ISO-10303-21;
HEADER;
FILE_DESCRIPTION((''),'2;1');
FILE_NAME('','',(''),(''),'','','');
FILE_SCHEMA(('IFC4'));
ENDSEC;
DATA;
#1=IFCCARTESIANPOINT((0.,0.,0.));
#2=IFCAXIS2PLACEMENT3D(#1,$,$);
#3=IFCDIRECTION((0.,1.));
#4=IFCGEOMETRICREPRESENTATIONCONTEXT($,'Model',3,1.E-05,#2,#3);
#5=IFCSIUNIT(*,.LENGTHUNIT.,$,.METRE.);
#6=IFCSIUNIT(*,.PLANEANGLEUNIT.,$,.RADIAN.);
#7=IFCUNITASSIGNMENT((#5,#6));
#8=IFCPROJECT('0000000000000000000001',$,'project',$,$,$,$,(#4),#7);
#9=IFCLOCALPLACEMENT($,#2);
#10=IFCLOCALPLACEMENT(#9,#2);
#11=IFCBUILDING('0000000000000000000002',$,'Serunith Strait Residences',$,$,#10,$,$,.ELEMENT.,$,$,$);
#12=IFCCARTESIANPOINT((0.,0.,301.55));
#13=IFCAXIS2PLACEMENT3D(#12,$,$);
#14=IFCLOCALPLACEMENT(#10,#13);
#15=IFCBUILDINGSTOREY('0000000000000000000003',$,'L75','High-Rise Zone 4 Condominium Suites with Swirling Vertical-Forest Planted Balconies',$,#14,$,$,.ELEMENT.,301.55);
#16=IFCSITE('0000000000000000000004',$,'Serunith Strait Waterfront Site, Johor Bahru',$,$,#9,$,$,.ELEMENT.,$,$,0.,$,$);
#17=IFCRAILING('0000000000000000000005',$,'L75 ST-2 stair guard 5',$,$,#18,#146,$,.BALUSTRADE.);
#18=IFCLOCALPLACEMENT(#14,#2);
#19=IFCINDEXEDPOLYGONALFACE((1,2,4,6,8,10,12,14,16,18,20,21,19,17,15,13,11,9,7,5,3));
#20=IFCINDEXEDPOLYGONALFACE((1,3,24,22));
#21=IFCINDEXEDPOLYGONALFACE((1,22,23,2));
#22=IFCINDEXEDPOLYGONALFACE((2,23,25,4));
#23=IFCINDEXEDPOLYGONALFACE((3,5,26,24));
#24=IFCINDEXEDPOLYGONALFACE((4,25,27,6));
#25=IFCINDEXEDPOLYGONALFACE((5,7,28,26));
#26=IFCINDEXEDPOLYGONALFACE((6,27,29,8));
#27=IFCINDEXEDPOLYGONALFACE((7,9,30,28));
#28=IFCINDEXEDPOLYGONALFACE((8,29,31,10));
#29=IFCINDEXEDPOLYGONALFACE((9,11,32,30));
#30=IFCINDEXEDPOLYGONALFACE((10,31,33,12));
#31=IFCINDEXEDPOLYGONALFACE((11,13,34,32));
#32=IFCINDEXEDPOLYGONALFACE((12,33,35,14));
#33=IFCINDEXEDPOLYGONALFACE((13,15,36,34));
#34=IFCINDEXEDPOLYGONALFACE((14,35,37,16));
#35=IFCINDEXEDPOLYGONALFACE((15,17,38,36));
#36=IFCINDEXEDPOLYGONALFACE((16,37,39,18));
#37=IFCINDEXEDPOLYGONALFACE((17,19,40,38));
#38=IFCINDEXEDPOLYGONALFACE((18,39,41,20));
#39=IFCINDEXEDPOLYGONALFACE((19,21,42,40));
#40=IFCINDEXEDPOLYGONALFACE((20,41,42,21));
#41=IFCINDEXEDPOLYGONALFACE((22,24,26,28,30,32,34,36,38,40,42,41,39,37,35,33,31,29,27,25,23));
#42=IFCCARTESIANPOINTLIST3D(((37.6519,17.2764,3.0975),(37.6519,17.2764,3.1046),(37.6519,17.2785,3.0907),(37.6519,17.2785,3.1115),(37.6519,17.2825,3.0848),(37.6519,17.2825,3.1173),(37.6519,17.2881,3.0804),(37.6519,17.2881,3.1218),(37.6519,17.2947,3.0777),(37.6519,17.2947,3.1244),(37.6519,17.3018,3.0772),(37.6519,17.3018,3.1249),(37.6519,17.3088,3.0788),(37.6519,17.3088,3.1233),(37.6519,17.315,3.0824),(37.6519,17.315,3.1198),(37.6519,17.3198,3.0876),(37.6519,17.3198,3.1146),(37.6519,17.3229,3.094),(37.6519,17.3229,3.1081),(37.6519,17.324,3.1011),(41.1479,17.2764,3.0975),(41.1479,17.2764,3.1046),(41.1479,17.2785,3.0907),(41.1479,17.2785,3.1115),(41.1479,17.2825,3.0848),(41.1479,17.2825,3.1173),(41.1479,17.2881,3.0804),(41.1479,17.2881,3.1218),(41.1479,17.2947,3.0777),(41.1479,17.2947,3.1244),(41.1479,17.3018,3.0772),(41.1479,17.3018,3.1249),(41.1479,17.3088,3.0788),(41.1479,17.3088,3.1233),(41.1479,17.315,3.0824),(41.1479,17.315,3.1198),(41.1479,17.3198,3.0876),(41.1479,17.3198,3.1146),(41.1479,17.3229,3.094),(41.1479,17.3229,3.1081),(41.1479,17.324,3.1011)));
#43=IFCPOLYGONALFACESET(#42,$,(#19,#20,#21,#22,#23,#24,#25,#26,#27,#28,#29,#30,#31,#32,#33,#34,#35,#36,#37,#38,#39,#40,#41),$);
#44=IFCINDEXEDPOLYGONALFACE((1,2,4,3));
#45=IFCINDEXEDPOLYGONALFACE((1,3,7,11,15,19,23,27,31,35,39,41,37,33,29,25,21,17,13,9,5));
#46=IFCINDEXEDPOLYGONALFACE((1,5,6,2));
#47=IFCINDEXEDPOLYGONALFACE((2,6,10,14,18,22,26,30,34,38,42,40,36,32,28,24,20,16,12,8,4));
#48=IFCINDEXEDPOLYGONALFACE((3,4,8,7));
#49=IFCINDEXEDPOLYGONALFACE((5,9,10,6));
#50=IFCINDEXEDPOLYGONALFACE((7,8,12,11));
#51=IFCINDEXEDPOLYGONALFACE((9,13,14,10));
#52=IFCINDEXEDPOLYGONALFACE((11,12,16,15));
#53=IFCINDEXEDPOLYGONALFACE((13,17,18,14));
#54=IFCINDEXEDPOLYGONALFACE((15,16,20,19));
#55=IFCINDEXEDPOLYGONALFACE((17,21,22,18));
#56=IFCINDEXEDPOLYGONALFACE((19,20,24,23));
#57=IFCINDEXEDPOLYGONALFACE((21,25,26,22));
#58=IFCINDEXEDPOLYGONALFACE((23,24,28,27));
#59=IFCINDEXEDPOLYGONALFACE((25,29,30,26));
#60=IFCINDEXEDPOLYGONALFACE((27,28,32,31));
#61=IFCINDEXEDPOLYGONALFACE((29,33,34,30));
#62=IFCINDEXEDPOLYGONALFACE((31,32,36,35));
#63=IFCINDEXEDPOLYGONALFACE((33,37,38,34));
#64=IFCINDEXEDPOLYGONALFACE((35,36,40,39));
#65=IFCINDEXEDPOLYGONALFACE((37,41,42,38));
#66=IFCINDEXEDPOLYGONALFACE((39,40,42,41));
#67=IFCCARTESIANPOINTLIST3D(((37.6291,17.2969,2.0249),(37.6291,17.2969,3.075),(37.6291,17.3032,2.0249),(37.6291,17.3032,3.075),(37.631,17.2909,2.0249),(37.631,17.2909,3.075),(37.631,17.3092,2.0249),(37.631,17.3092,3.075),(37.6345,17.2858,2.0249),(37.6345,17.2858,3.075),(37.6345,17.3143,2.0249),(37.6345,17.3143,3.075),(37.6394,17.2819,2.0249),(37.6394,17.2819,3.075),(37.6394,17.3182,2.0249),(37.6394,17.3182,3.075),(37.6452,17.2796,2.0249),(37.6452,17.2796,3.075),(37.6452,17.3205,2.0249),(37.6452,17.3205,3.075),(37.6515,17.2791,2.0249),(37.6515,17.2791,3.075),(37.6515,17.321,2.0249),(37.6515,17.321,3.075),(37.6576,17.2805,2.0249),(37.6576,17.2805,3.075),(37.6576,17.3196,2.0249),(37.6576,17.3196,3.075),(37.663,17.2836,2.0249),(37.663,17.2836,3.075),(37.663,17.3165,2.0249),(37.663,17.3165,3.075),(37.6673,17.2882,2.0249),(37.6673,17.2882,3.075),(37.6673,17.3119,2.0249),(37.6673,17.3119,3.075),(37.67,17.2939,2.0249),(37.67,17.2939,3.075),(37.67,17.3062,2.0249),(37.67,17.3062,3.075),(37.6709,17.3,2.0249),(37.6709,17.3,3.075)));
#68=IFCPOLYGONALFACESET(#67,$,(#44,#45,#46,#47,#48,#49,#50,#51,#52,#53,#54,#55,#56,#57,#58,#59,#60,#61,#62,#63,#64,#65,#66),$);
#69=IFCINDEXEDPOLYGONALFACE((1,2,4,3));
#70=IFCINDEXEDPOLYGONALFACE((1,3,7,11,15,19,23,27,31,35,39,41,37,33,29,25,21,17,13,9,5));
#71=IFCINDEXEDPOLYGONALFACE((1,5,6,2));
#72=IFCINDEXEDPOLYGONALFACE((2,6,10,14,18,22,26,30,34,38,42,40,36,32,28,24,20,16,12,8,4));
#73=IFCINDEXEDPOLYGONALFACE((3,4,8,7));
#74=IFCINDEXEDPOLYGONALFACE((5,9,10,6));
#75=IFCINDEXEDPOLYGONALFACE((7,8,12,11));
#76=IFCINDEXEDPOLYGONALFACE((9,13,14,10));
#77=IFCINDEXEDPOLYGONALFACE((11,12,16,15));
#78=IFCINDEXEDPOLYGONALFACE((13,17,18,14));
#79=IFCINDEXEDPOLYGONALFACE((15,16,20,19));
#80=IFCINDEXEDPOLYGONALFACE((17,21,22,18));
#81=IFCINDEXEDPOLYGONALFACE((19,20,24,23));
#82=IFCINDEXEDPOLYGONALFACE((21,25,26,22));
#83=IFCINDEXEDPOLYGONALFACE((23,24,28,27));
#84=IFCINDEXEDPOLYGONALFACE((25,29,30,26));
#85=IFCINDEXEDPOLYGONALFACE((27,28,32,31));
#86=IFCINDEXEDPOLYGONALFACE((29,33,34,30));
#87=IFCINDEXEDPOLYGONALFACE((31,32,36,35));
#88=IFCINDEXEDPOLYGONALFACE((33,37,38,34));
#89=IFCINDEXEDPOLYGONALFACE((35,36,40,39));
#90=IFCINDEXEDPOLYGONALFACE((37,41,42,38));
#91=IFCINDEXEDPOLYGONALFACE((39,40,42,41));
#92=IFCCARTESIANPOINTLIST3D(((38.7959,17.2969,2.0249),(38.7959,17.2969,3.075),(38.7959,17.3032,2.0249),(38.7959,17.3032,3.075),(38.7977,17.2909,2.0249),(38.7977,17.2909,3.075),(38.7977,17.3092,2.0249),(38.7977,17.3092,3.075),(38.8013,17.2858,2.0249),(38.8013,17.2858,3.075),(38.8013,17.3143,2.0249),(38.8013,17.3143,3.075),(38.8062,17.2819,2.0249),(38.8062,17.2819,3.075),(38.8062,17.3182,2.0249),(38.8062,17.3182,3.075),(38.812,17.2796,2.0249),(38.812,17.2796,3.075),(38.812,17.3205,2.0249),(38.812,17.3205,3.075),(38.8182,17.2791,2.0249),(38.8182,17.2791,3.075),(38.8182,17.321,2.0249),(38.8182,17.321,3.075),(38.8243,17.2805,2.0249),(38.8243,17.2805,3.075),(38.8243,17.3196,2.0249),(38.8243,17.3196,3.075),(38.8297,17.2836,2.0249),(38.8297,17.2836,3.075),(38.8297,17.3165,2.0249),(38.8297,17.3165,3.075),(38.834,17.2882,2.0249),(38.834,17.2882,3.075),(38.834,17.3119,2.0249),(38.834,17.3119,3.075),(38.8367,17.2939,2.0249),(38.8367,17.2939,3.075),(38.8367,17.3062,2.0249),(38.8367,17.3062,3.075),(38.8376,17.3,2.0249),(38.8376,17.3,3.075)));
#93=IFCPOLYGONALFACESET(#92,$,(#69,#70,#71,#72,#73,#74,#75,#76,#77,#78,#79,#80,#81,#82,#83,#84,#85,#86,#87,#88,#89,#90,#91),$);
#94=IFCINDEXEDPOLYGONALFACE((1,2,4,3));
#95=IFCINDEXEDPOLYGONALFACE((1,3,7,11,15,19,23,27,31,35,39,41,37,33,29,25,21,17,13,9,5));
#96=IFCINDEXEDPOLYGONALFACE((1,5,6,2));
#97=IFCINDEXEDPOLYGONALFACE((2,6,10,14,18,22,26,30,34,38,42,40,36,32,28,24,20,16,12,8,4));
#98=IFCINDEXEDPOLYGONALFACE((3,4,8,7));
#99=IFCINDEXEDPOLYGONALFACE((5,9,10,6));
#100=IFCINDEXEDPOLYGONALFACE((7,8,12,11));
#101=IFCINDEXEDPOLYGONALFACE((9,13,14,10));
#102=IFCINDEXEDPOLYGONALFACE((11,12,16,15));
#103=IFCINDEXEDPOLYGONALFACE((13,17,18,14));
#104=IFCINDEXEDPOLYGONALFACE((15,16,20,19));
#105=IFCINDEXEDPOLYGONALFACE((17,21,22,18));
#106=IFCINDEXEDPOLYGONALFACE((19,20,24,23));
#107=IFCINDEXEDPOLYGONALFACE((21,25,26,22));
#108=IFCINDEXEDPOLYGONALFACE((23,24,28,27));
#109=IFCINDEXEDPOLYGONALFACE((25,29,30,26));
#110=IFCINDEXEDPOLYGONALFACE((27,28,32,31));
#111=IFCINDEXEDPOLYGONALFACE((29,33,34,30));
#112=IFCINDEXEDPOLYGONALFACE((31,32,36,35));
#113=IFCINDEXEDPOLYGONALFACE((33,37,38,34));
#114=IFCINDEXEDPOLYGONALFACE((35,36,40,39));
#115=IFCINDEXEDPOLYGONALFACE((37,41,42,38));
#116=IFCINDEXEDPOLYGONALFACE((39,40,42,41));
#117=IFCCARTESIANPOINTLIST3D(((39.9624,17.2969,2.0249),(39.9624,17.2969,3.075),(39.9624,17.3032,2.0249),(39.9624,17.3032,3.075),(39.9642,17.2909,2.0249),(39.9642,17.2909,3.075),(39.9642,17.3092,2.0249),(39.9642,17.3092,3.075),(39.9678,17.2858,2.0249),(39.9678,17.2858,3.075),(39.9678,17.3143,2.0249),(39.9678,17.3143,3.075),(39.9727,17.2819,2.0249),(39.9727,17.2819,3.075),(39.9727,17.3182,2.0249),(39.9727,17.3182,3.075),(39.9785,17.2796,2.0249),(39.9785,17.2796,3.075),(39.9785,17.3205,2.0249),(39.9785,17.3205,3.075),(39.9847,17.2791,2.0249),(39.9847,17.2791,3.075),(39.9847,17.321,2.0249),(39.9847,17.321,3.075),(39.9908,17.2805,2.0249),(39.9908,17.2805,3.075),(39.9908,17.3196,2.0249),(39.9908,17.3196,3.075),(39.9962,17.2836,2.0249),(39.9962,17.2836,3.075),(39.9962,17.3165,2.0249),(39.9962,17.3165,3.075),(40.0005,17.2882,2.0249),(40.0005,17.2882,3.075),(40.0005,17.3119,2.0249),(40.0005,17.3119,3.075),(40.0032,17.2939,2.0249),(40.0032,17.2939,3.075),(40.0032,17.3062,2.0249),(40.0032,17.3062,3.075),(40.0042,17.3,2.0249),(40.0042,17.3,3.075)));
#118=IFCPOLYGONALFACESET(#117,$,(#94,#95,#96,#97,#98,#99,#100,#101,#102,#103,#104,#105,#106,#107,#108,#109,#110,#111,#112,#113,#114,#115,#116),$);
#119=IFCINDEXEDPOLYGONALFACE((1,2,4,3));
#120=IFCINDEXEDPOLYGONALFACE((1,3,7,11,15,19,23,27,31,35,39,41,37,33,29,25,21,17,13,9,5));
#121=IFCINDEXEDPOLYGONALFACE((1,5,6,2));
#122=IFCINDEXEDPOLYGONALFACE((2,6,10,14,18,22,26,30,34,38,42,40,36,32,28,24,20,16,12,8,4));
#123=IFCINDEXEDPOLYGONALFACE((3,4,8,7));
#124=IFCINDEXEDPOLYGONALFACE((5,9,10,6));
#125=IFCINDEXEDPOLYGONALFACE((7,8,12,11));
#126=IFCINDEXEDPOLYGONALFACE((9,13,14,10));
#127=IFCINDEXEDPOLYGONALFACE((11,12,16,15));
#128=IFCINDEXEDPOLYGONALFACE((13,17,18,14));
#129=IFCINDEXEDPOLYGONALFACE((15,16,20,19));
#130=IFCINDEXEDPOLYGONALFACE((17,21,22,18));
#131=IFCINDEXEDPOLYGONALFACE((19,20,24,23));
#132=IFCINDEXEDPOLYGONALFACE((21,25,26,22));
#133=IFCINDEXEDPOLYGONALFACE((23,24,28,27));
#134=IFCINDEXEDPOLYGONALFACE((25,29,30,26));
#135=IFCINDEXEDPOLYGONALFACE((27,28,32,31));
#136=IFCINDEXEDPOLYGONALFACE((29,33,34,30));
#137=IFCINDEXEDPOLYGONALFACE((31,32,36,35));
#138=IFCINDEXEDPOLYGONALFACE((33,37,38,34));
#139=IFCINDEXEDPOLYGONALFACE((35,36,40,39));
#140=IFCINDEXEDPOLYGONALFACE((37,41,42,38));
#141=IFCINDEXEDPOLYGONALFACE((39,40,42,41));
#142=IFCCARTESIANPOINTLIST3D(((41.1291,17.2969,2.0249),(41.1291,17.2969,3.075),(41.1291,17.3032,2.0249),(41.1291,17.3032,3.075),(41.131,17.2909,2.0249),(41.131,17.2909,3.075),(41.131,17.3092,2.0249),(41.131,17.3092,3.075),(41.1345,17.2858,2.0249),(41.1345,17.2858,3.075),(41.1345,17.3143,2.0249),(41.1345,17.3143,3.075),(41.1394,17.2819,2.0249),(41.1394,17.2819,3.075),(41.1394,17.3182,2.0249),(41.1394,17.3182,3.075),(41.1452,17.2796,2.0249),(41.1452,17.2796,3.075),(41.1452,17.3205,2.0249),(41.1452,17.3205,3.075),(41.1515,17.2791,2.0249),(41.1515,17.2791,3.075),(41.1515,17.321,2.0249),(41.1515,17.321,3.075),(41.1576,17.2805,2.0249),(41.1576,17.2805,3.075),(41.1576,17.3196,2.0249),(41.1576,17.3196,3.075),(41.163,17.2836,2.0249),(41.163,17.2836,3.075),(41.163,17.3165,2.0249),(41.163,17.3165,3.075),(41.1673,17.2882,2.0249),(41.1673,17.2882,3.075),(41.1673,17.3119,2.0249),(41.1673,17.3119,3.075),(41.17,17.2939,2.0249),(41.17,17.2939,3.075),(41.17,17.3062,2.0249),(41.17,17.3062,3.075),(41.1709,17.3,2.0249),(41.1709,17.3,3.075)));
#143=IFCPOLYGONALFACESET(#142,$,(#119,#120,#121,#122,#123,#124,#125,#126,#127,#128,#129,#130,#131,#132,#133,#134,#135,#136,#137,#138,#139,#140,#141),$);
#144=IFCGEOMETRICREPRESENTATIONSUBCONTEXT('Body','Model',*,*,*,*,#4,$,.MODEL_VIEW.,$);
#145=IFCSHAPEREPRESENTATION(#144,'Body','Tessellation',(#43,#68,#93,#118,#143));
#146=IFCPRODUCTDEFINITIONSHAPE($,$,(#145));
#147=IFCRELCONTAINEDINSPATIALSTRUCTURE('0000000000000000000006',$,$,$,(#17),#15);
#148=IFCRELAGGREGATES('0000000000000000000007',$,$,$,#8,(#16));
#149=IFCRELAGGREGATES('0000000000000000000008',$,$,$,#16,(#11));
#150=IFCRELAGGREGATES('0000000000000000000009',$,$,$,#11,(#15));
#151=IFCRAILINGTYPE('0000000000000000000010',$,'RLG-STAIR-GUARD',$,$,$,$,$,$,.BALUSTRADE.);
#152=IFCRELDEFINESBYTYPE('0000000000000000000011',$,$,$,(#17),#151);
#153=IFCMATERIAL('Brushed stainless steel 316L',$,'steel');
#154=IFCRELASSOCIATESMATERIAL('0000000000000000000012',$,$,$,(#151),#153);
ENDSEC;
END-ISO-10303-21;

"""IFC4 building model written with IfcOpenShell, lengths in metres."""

from ifc_helpers import new_model, si_unit, direction, frame, origin, origin_2d, place, context, subcontext, project, spatial, circle, extrude, material, type_object, element, save


model = new_model("IFC4")

# Units and contexts
model_context = context("Model", 3, precision=1e-05, world=origin(), true_north=direction((0.0, 1.0)))
body_context = subcontext(model_context, "Body", "Model", "MODEL_VIEW")
ifc_project = project(units=[si_unit("LENGTHUNIT", "METRE"), si_unit("PLANEANGLEUNIT", "RADIAN")], contexts=[model_context])

# Site, building, storey
site_placement = place(None, origin())
site = spatial("IfcSite", under=ifc_project, at=site_placement, Name="Serunith Strait Waterfront Site, Johor Bahru", CompositionType="ELEMENT", RefElevation=0.0)
building_placement = place(site_placement, origin())
building = spatial("IfcBuilding", under=site, at=building_placement, Name="Serunith Strait Residences", CompositionType="ELEMENT")
storey_placement = place(building_placement, frame((0.0, 0.0, 301.55)))
storey = spatial("IfcBuildingStorey", under=building, at=storey_placement, Name="L75", Description="High-Rise Zone 4 Condominium Suites with Swirling Vertical-Forest Planted Balconies", CompositionType="ELEMENT", Elevation=301.55)

# Railing
ifc_material_1 = material(Name="Brushed stainless steel 316L", Category="steel")
railing_type_1 = type_object("IfcRailingType", Name="RLG-STAIR-GUARD", PredefinedType="BALUSTRADE", material=ifc_material_1)
railing_1_placement = place(storey_placement, frame((37.6499, 17.3, 2.0249)))
element("IfcRailing", 1, at=railing_1_placement, inside=storey, type_object=railing_type_1, Name="L75 ST-2 stair guard 5", PredefinedType="BALUSTRADE", context=body_context, shape_type="SweptSolid", body=[
    extrude(circle(Radius=0.0239, at=origin_2d()), frame((0.002, 0.0, 1.0762), z_axis=(1.0, 0.0, 0.0), x_axis=(0.0, 1.0, 0.0)), (0.0, 0.0, 1.0), 3.4961),
    extrude(circle(Radius=0.021, at=origin_2d()), origin(), (0.0, 0.0, 1.0), 1.05),
    extrude(circle(Radius=0.021, at=origin_2d()), frame((1.1667, 0.0, 0.0)), (0.0, 0.0, 1.0), 1.05),
    extrude(circle(Radius=0.021, at=origin_2d()), frame((2.3333, 0.0, 0.0)), (0.0, 0.0, 1.0), 1.05),
    extrude(circle(Radius=0.021, at=origin_2d()), frame((3.5, 0.0, 0.0)), (0.0, 0.0, 1.0), 1.05),
])

save(model, "model.ifc")
